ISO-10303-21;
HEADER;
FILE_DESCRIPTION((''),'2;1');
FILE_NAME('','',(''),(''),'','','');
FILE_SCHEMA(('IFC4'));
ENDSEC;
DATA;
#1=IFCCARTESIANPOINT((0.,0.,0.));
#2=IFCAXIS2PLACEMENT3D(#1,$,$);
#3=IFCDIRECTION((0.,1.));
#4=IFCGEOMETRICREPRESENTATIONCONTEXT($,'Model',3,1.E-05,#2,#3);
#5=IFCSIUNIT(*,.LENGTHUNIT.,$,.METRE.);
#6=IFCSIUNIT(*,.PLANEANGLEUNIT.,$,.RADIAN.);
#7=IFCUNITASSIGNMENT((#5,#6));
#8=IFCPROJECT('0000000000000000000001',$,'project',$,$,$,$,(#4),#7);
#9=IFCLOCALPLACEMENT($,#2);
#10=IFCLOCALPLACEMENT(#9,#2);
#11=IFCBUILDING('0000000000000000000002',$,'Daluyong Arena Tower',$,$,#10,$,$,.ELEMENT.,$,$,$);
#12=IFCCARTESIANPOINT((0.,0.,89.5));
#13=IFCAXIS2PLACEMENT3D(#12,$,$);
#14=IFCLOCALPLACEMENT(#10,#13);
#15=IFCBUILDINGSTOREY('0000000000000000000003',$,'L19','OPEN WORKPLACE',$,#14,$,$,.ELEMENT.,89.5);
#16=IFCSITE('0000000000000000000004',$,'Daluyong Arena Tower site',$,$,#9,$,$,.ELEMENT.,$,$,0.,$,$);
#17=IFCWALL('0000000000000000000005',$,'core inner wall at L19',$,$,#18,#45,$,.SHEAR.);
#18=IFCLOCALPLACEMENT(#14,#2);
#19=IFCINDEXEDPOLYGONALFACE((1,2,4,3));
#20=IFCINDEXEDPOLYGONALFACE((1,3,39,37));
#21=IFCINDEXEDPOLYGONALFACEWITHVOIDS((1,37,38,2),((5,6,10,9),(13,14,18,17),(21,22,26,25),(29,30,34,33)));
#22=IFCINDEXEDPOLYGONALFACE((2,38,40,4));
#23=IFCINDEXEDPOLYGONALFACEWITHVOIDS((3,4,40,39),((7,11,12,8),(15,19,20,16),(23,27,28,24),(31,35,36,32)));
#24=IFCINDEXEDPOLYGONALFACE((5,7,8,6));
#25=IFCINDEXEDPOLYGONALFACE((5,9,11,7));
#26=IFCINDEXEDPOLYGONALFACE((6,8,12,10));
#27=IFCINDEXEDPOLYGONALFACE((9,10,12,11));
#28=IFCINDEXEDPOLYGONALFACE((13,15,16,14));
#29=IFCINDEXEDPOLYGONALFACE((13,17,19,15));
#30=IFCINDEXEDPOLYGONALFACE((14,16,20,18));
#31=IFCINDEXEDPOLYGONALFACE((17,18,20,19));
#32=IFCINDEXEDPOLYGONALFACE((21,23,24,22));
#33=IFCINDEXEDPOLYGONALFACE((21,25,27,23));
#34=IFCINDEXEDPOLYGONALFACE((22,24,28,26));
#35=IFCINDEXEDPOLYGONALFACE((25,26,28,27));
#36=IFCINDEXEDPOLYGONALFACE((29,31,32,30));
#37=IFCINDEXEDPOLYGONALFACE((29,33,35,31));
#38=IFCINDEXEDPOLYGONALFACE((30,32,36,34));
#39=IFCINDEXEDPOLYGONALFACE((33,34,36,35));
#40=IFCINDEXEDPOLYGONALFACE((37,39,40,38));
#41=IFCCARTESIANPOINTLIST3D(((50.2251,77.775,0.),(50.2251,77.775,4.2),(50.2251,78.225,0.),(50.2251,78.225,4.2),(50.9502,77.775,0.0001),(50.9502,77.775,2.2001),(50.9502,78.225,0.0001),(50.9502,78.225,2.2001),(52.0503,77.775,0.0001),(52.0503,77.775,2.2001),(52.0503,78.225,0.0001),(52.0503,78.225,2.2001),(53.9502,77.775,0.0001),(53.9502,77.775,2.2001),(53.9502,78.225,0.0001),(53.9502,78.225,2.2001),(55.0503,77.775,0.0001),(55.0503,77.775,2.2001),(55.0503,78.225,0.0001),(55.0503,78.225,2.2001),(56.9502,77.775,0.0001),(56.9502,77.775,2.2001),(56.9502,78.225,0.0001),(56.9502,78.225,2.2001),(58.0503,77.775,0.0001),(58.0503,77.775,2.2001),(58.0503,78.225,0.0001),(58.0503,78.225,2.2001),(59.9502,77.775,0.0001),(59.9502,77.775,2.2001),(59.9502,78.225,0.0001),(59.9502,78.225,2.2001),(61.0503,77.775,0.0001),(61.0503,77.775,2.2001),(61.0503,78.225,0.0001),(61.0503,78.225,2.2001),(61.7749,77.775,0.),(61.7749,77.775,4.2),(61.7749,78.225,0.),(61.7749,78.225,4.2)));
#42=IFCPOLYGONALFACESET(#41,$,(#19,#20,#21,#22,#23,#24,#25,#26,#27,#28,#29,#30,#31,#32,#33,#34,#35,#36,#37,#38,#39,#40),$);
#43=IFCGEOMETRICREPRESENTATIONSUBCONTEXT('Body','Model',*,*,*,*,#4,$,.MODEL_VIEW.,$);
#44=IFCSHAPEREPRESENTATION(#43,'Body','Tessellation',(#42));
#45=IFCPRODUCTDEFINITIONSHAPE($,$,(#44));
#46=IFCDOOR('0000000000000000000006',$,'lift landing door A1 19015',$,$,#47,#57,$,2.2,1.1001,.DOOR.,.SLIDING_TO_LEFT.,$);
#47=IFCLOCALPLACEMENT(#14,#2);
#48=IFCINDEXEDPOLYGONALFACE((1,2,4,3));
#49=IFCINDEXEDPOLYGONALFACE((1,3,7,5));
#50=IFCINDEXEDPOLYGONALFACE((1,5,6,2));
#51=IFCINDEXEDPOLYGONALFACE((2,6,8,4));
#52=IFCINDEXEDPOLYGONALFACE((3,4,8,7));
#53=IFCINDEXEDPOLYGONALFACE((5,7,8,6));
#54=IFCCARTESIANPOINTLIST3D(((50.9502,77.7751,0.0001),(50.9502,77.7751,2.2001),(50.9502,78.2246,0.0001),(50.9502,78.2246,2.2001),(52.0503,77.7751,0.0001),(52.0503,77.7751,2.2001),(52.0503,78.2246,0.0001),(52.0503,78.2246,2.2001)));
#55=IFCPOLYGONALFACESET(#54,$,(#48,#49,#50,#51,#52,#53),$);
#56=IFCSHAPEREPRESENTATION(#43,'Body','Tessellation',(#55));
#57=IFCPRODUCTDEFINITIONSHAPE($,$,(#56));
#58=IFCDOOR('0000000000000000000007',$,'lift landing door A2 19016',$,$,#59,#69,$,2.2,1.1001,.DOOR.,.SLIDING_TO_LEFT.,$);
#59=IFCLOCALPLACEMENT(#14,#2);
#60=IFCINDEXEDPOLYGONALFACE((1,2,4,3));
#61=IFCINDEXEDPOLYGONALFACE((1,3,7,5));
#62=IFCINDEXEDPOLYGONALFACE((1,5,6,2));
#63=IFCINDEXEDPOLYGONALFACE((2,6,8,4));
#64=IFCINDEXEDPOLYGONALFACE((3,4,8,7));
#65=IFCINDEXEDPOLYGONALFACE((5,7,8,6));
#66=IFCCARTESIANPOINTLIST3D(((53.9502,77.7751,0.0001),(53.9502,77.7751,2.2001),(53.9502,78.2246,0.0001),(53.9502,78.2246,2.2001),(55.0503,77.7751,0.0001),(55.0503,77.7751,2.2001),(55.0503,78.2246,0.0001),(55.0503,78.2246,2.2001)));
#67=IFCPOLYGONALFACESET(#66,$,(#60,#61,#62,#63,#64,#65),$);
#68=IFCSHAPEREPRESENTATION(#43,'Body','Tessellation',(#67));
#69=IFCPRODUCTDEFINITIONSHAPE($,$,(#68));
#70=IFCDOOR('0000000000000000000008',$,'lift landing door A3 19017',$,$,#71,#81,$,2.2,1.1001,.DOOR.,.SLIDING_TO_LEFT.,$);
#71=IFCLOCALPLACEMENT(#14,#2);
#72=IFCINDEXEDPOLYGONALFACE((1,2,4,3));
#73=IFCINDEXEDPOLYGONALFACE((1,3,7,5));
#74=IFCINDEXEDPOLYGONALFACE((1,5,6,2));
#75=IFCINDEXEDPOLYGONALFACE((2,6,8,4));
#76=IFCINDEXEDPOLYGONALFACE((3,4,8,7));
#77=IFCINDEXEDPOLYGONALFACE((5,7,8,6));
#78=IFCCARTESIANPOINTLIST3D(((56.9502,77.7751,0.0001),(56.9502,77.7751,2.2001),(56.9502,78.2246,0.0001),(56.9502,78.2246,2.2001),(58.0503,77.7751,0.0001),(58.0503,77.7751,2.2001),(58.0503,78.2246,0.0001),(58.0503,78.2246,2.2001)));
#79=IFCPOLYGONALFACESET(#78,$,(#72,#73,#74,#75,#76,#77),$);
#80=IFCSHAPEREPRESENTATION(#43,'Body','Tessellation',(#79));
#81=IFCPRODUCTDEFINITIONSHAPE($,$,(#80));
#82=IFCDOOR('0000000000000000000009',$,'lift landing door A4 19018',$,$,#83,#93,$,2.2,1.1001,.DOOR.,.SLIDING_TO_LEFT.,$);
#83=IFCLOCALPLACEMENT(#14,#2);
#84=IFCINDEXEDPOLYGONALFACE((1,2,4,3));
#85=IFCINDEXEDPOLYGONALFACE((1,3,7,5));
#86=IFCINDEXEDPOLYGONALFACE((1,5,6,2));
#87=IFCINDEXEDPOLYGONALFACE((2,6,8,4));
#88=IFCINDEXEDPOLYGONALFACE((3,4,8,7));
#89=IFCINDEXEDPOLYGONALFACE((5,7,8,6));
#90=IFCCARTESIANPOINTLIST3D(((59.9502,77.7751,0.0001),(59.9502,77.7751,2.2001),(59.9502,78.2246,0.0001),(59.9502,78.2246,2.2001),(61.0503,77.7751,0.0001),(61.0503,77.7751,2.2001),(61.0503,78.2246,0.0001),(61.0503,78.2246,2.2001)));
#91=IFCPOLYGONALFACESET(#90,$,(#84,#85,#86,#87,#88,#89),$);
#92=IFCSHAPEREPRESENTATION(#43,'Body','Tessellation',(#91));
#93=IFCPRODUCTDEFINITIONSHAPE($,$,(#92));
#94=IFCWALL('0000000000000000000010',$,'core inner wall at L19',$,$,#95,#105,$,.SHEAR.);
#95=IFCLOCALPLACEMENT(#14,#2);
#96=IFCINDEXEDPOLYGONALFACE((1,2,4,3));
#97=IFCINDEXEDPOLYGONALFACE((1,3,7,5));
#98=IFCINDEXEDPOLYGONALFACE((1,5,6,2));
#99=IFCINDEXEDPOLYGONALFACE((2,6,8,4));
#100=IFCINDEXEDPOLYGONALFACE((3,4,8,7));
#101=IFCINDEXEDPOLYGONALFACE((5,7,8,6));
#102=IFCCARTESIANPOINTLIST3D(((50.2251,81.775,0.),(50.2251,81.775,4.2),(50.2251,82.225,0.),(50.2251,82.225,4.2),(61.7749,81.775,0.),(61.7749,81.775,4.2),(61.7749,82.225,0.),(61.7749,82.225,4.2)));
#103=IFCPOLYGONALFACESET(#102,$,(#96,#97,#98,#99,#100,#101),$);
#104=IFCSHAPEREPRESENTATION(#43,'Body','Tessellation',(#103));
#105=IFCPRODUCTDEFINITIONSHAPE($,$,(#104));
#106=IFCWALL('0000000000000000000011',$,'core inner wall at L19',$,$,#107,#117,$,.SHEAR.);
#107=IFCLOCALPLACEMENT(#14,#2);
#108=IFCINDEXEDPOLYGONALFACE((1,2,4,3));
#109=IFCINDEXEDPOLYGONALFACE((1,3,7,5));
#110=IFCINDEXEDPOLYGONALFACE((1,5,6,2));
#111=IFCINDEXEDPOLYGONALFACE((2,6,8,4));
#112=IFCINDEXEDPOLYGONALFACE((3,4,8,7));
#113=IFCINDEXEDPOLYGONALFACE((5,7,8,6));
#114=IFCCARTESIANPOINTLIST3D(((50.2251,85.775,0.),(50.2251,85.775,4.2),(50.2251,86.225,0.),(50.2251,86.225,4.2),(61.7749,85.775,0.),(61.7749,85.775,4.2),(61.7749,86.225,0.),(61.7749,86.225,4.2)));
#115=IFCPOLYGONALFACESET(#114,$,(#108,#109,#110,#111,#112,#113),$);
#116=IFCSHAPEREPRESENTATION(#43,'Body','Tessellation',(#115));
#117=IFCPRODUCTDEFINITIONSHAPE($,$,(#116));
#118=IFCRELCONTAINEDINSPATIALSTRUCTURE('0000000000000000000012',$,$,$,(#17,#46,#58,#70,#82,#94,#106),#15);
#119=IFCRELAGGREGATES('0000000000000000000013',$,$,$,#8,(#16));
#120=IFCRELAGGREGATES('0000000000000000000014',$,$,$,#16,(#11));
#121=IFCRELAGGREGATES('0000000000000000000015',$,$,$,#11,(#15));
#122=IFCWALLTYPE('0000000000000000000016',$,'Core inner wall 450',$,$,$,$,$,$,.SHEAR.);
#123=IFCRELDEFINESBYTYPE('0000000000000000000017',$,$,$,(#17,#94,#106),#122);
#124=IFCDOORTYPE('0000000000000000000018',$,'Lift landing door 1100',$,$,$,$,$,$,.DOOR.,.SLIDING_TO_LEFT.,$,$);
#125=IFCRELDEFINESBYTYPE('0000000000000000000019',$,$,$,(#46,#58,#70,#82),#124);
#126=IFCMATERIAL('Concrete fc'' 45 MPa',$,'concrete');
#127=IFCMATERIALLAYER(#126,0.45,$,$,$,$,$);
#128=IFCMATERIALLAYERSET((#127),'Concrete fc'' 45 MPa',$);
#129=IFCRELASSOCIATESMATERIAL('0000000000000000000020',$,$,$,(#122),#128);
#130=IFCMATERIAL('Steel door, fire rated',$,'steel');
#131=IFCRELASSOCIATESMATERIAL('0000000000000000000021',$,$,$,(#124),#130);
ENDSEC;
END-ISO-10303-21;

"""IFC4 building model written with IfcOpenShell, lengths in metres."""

from ifc_helpers import new_model, si_unit, direction, frame, frame_2d, origin, place, context, subcontext, project, spatial, rectangle, extrude, material, layer, layer_set, type_object, element, fill, save


model = new_model("IFC4")

# Units and contexts
model_context = context("Model", 3, precision=1e-05, world=origin(), true_north=direction((0.0, 1.0)))
body_context = subcontext(model_context, "Body", "Model", "MODEL_VIEW")
ifc_project = project(units=[si_unit("LENGTHUNIT", "METRE"), si_unit("PLANEANGLEUNIT", "RADIAN")], contexts=[model_context])

# Site, building, storey
site_placement = place(None, origin())
site = spatial("IfcSite", under=ifc_project, at=site_placement, Name="Daluyong Arena Tower site", CompositionType="ELEMENT", RefElevation=0.0)
building_placement = place(site_placement, origin())
building = spatial("IfcBuilding", under=site, at=building_placement, Name="Daluyong Arena Tower", CompositionType="ELEMENT")
storey_placement = place(building_placement, frame((0.0, 0.0, 89.5)))
storey = spatial("IfcBuildingStorey", under=building, at=storey_placement, Name="L19", Description="OPEN WORKPLACE", CompositionType="ELEMENT", Elevation=89.5)

# Shared definitions
ifc_material_1 = material(Name="Concrete fc' 45 MPa", Category="concrete")
ifc_layer_1 = layer(ifc_material_1, 0.45)
ifc_layer_set_1 = layer_set([ifc_layer_1], Name="Concrete fc' 45 MPa")
wall_type_1 = type_object("IfcWallType", Name="Core inner wall 450", PredefinedType="SHEAR", material=ifc_layer_set_1)

# Wall, openings, doors
wall_1_placement = place(storey_placement, frame((50.2251, 78.0, 0.0), z_axis=(0.0, 0.0, 1.0), x_axis=(1.0, 0.0, 0.0)))
wall_1 = element("IfcWall", 1, at=wall_1_placement, inside=storey, type_object=wall_type_1, Name="core inner wall at L19", PredefinedType="SHEAR", context=body_context, shape_type="SweptSolid", body=[
    extrude(rectangle(XDim=11.5498, YDim=0.45, at=frame_2d((5.7749, 0.0))), origin(), (0.0, 0.0, 1.0), 4.2),
])
opening_1_placement = place(wall_1_placement, frame((0.7251, 0.0, 0.0)))
opening_1 = element("IfcOpeningElement", 2, at=opening_1_placement, cuts=wall_1, PredefinedType="OPENING", context=body_context, shape_type="SweptSolid", body=[
    extrude(rectangle(XDim=1.1001, YDim=2.2, at=frame_2d((0.55, 1.1001))), frame((0.0, 0.2349, 0.0), z_axis=(0.0, -1.0, 0.0), x_axis=(1.0, 0.0, 0.0)), (0.0, 0.0, 1.0), 0.47),
])
opening_2_placement = place(wall_1_placement, frame((3.7251, 0.0, 0.0)))
opening_2 = element("IfcOpeningElement", 3, at=opening_2_placement, cuts=wall_1, PredefinedType="OPENING", context=body_context, shape_type="SweptSolid", body=[
    extrude(rectangle(XDim=1.1001, YDim=2.2, at=frame_2d((0.55, 1.1001))), frame((0.0, 0.2349, 0.0), z_axis=(0.0, -1.0, 0.0), x_axis=(1.0, 0.0, 0.0)), (0.0, 0.0, 1.0), 0.47),
])
opening_3_placement = place(wall_1_placement, frame((6.7251, 0.0, 0.0)))
opening_3 = element("IfcOpeningElement", 4, at=opening_3_placement, cuts=wall_1, PredefinedType="OPENING", context=body_context, shape_type="SweptSolid", body=[
    extrude(rectangle(XDim=1.1001, YDim=2.2, at=frame_2d((0.55, 1.1001))), frame((0.0, 0.2349, 0.0), z_axis=(0.0, -1.0, 0.0), x_axis=(1.0, 0.0, 0.0)), (0.0, 0.0, 1.0), 0.47),
])
opening_4_placement = place(wall_1_placement, frame((9.7251, 0.0, 0.0)))
opening_4 = element("IfcOpeningElement", 5, at=opening_4_placement, cuts=wall_1, PredefinedType="OPENING", context=body_context, shape_type="SweptSolid", body=[
    extrude(rectangle(XDim=1.1001, YDim=2.2, at=frame_2d((0.55, 1.1001))), frame((0.0, 0.2349, 0.0), z_axis=(0.0, -1.0, 0.0), x_axis=(1.0, 0.0, 0.0)), (0.0, 0.0, 1.0), 0.47),
])
ifc_material_2 = material(Name="Steel door, fire rated", Category="steel")
door_type_1 = type_object("IfcDoorType", Name="Lift landing door 1100", OperationType="SLIDING_TO_LEFT", PredefinedType="DOOR", material=ifc_material_2)
door_1_placement = place(opening_1_placement, origin())
door_1 = element("IfcDoor", 6, at=door_1_placement, inside=storey, type_object=door_type_1, Name="lift landing door A1 19015", OperationType="SLIDING_TO_LEFT", OverallHeight=2.2, OverallWidth=1.1001, PredefinedType="DOOR", context=body_context, shape_type="SweptSolid", body=[
    extrude(rectangle(XDim=1.1001, YDim=2.2, at=frame_2d((0.55, 1.1001))), frame((0.0, 0.2246, 0.0), z_axis=(0.0, -1.0, 0.0), x_axis=(1.0, 0.0, 0.0)), (0.0, 0.0, 1.0), 0.4495),
])
fill(opening_1, door_1)
door_2_placement = place(opening_2_placement, origin())
door_2 = element("IfcDoor", 7, at=door_2_placement, inside=storey, type_object=door_type_1, Name="lift landing door A2 19016", OperationType="SLIDING_TO_LEFT", OverallHeight=2.2, OverallWidth=1.1001, PredefinedType="DOOR", context=body_context, shape_type="SweptSolid", body=[
    extrude(rectangle(XDim=1.1001, YDim=2.2, at=frame_2d((0.55, 1.1001))), frame((0.0, 0.2246, 0.0), z_axis=(0.0, -1.0, 0.0), x_axis=(1.0, 0.0, 0.0)), (0.0, 0.0, 1.0), 0.4495),
])
fill(opening_2, door_2)
door_3_placement = place(opening_3_placement, origin())
door_3 = element("IfcDoor", 8, at=door_3_placement, inside=storey, type_object=door_type_1, Name="lift landing door A3 19017", OperationType="SLIDING_TO_LEFT", OverallHeight=2.2, OverallWidth=1.1001, PredefinedType="DOOR", context=body_context, shape_type="SweptSolid", body=[
    extrude(rectangle(XDim=1.1001, YDim=2.2, at=frame_2d((0.55, 1.1001))), frame((0.0, 0.2246, 0.0), z_axis=(0.0, -1.0, 0.0), x_axis=(1.0, 0.0, 0.0)), (0.0, 0.0, 1.0), 0.4495),
])
fill(opening_3, door_3)
door_4_placement = place(opening_4_placement, origin())
door_4 = element("IfcDoor", 9, at=door_4_placement, inside=storey, type_object=door_type_1, Name="lift landing door A4 19018", OperationType="SLIDING_TO_LEFT", OverallHeight=2.2, OverallWidth=1.1001, PredefinedType="DOOR", context=body_context, shape_type="SweptSolid", body=[
    extrude(rectangle(XDim=1.1001, YDim=2.2, at=frame_2d((0.55, 1.1001))), frame((0.0, 0.2246, 0.0), z_axis=(0.0, -1.0, 0.0), x_axis=(1.0, 0.0, 0.0)), (0.0, 0.0, 1.0), 0.4495),
])
fill(opening_4, door_4)

# Walls
for number, where, z_axis, x_axis, name in (
    (10, (50.2251, 82.0, 0.0), (0.0, 0.0, 1.0), (1.0, 0.0, 0.0), "core inner wall at L19"),
    (11, (50.2251, 86.0, 0.0), (0.0, 0.0, 1.0), (1.0, 0.0, 0.0), "core inner wall at L19"),
):
    element("IfcWall", number, at=place(storey_placement, frame(where, z_axis=z_axis, x_axis=x_axis)), inside=storey, type_object=wall_type_1, Name=name, PredefinedType="SHEAR", context=body_context, shape_type="SweptSolid", body=[
        extrude(rectangle(XDim=11.5498, YDim=0.45, at=frame_2d((5.7749, 0.0))), origin(), (0.0, 0.0, 1.0), 4.2),
    ])

save(model, "model.ifc")
